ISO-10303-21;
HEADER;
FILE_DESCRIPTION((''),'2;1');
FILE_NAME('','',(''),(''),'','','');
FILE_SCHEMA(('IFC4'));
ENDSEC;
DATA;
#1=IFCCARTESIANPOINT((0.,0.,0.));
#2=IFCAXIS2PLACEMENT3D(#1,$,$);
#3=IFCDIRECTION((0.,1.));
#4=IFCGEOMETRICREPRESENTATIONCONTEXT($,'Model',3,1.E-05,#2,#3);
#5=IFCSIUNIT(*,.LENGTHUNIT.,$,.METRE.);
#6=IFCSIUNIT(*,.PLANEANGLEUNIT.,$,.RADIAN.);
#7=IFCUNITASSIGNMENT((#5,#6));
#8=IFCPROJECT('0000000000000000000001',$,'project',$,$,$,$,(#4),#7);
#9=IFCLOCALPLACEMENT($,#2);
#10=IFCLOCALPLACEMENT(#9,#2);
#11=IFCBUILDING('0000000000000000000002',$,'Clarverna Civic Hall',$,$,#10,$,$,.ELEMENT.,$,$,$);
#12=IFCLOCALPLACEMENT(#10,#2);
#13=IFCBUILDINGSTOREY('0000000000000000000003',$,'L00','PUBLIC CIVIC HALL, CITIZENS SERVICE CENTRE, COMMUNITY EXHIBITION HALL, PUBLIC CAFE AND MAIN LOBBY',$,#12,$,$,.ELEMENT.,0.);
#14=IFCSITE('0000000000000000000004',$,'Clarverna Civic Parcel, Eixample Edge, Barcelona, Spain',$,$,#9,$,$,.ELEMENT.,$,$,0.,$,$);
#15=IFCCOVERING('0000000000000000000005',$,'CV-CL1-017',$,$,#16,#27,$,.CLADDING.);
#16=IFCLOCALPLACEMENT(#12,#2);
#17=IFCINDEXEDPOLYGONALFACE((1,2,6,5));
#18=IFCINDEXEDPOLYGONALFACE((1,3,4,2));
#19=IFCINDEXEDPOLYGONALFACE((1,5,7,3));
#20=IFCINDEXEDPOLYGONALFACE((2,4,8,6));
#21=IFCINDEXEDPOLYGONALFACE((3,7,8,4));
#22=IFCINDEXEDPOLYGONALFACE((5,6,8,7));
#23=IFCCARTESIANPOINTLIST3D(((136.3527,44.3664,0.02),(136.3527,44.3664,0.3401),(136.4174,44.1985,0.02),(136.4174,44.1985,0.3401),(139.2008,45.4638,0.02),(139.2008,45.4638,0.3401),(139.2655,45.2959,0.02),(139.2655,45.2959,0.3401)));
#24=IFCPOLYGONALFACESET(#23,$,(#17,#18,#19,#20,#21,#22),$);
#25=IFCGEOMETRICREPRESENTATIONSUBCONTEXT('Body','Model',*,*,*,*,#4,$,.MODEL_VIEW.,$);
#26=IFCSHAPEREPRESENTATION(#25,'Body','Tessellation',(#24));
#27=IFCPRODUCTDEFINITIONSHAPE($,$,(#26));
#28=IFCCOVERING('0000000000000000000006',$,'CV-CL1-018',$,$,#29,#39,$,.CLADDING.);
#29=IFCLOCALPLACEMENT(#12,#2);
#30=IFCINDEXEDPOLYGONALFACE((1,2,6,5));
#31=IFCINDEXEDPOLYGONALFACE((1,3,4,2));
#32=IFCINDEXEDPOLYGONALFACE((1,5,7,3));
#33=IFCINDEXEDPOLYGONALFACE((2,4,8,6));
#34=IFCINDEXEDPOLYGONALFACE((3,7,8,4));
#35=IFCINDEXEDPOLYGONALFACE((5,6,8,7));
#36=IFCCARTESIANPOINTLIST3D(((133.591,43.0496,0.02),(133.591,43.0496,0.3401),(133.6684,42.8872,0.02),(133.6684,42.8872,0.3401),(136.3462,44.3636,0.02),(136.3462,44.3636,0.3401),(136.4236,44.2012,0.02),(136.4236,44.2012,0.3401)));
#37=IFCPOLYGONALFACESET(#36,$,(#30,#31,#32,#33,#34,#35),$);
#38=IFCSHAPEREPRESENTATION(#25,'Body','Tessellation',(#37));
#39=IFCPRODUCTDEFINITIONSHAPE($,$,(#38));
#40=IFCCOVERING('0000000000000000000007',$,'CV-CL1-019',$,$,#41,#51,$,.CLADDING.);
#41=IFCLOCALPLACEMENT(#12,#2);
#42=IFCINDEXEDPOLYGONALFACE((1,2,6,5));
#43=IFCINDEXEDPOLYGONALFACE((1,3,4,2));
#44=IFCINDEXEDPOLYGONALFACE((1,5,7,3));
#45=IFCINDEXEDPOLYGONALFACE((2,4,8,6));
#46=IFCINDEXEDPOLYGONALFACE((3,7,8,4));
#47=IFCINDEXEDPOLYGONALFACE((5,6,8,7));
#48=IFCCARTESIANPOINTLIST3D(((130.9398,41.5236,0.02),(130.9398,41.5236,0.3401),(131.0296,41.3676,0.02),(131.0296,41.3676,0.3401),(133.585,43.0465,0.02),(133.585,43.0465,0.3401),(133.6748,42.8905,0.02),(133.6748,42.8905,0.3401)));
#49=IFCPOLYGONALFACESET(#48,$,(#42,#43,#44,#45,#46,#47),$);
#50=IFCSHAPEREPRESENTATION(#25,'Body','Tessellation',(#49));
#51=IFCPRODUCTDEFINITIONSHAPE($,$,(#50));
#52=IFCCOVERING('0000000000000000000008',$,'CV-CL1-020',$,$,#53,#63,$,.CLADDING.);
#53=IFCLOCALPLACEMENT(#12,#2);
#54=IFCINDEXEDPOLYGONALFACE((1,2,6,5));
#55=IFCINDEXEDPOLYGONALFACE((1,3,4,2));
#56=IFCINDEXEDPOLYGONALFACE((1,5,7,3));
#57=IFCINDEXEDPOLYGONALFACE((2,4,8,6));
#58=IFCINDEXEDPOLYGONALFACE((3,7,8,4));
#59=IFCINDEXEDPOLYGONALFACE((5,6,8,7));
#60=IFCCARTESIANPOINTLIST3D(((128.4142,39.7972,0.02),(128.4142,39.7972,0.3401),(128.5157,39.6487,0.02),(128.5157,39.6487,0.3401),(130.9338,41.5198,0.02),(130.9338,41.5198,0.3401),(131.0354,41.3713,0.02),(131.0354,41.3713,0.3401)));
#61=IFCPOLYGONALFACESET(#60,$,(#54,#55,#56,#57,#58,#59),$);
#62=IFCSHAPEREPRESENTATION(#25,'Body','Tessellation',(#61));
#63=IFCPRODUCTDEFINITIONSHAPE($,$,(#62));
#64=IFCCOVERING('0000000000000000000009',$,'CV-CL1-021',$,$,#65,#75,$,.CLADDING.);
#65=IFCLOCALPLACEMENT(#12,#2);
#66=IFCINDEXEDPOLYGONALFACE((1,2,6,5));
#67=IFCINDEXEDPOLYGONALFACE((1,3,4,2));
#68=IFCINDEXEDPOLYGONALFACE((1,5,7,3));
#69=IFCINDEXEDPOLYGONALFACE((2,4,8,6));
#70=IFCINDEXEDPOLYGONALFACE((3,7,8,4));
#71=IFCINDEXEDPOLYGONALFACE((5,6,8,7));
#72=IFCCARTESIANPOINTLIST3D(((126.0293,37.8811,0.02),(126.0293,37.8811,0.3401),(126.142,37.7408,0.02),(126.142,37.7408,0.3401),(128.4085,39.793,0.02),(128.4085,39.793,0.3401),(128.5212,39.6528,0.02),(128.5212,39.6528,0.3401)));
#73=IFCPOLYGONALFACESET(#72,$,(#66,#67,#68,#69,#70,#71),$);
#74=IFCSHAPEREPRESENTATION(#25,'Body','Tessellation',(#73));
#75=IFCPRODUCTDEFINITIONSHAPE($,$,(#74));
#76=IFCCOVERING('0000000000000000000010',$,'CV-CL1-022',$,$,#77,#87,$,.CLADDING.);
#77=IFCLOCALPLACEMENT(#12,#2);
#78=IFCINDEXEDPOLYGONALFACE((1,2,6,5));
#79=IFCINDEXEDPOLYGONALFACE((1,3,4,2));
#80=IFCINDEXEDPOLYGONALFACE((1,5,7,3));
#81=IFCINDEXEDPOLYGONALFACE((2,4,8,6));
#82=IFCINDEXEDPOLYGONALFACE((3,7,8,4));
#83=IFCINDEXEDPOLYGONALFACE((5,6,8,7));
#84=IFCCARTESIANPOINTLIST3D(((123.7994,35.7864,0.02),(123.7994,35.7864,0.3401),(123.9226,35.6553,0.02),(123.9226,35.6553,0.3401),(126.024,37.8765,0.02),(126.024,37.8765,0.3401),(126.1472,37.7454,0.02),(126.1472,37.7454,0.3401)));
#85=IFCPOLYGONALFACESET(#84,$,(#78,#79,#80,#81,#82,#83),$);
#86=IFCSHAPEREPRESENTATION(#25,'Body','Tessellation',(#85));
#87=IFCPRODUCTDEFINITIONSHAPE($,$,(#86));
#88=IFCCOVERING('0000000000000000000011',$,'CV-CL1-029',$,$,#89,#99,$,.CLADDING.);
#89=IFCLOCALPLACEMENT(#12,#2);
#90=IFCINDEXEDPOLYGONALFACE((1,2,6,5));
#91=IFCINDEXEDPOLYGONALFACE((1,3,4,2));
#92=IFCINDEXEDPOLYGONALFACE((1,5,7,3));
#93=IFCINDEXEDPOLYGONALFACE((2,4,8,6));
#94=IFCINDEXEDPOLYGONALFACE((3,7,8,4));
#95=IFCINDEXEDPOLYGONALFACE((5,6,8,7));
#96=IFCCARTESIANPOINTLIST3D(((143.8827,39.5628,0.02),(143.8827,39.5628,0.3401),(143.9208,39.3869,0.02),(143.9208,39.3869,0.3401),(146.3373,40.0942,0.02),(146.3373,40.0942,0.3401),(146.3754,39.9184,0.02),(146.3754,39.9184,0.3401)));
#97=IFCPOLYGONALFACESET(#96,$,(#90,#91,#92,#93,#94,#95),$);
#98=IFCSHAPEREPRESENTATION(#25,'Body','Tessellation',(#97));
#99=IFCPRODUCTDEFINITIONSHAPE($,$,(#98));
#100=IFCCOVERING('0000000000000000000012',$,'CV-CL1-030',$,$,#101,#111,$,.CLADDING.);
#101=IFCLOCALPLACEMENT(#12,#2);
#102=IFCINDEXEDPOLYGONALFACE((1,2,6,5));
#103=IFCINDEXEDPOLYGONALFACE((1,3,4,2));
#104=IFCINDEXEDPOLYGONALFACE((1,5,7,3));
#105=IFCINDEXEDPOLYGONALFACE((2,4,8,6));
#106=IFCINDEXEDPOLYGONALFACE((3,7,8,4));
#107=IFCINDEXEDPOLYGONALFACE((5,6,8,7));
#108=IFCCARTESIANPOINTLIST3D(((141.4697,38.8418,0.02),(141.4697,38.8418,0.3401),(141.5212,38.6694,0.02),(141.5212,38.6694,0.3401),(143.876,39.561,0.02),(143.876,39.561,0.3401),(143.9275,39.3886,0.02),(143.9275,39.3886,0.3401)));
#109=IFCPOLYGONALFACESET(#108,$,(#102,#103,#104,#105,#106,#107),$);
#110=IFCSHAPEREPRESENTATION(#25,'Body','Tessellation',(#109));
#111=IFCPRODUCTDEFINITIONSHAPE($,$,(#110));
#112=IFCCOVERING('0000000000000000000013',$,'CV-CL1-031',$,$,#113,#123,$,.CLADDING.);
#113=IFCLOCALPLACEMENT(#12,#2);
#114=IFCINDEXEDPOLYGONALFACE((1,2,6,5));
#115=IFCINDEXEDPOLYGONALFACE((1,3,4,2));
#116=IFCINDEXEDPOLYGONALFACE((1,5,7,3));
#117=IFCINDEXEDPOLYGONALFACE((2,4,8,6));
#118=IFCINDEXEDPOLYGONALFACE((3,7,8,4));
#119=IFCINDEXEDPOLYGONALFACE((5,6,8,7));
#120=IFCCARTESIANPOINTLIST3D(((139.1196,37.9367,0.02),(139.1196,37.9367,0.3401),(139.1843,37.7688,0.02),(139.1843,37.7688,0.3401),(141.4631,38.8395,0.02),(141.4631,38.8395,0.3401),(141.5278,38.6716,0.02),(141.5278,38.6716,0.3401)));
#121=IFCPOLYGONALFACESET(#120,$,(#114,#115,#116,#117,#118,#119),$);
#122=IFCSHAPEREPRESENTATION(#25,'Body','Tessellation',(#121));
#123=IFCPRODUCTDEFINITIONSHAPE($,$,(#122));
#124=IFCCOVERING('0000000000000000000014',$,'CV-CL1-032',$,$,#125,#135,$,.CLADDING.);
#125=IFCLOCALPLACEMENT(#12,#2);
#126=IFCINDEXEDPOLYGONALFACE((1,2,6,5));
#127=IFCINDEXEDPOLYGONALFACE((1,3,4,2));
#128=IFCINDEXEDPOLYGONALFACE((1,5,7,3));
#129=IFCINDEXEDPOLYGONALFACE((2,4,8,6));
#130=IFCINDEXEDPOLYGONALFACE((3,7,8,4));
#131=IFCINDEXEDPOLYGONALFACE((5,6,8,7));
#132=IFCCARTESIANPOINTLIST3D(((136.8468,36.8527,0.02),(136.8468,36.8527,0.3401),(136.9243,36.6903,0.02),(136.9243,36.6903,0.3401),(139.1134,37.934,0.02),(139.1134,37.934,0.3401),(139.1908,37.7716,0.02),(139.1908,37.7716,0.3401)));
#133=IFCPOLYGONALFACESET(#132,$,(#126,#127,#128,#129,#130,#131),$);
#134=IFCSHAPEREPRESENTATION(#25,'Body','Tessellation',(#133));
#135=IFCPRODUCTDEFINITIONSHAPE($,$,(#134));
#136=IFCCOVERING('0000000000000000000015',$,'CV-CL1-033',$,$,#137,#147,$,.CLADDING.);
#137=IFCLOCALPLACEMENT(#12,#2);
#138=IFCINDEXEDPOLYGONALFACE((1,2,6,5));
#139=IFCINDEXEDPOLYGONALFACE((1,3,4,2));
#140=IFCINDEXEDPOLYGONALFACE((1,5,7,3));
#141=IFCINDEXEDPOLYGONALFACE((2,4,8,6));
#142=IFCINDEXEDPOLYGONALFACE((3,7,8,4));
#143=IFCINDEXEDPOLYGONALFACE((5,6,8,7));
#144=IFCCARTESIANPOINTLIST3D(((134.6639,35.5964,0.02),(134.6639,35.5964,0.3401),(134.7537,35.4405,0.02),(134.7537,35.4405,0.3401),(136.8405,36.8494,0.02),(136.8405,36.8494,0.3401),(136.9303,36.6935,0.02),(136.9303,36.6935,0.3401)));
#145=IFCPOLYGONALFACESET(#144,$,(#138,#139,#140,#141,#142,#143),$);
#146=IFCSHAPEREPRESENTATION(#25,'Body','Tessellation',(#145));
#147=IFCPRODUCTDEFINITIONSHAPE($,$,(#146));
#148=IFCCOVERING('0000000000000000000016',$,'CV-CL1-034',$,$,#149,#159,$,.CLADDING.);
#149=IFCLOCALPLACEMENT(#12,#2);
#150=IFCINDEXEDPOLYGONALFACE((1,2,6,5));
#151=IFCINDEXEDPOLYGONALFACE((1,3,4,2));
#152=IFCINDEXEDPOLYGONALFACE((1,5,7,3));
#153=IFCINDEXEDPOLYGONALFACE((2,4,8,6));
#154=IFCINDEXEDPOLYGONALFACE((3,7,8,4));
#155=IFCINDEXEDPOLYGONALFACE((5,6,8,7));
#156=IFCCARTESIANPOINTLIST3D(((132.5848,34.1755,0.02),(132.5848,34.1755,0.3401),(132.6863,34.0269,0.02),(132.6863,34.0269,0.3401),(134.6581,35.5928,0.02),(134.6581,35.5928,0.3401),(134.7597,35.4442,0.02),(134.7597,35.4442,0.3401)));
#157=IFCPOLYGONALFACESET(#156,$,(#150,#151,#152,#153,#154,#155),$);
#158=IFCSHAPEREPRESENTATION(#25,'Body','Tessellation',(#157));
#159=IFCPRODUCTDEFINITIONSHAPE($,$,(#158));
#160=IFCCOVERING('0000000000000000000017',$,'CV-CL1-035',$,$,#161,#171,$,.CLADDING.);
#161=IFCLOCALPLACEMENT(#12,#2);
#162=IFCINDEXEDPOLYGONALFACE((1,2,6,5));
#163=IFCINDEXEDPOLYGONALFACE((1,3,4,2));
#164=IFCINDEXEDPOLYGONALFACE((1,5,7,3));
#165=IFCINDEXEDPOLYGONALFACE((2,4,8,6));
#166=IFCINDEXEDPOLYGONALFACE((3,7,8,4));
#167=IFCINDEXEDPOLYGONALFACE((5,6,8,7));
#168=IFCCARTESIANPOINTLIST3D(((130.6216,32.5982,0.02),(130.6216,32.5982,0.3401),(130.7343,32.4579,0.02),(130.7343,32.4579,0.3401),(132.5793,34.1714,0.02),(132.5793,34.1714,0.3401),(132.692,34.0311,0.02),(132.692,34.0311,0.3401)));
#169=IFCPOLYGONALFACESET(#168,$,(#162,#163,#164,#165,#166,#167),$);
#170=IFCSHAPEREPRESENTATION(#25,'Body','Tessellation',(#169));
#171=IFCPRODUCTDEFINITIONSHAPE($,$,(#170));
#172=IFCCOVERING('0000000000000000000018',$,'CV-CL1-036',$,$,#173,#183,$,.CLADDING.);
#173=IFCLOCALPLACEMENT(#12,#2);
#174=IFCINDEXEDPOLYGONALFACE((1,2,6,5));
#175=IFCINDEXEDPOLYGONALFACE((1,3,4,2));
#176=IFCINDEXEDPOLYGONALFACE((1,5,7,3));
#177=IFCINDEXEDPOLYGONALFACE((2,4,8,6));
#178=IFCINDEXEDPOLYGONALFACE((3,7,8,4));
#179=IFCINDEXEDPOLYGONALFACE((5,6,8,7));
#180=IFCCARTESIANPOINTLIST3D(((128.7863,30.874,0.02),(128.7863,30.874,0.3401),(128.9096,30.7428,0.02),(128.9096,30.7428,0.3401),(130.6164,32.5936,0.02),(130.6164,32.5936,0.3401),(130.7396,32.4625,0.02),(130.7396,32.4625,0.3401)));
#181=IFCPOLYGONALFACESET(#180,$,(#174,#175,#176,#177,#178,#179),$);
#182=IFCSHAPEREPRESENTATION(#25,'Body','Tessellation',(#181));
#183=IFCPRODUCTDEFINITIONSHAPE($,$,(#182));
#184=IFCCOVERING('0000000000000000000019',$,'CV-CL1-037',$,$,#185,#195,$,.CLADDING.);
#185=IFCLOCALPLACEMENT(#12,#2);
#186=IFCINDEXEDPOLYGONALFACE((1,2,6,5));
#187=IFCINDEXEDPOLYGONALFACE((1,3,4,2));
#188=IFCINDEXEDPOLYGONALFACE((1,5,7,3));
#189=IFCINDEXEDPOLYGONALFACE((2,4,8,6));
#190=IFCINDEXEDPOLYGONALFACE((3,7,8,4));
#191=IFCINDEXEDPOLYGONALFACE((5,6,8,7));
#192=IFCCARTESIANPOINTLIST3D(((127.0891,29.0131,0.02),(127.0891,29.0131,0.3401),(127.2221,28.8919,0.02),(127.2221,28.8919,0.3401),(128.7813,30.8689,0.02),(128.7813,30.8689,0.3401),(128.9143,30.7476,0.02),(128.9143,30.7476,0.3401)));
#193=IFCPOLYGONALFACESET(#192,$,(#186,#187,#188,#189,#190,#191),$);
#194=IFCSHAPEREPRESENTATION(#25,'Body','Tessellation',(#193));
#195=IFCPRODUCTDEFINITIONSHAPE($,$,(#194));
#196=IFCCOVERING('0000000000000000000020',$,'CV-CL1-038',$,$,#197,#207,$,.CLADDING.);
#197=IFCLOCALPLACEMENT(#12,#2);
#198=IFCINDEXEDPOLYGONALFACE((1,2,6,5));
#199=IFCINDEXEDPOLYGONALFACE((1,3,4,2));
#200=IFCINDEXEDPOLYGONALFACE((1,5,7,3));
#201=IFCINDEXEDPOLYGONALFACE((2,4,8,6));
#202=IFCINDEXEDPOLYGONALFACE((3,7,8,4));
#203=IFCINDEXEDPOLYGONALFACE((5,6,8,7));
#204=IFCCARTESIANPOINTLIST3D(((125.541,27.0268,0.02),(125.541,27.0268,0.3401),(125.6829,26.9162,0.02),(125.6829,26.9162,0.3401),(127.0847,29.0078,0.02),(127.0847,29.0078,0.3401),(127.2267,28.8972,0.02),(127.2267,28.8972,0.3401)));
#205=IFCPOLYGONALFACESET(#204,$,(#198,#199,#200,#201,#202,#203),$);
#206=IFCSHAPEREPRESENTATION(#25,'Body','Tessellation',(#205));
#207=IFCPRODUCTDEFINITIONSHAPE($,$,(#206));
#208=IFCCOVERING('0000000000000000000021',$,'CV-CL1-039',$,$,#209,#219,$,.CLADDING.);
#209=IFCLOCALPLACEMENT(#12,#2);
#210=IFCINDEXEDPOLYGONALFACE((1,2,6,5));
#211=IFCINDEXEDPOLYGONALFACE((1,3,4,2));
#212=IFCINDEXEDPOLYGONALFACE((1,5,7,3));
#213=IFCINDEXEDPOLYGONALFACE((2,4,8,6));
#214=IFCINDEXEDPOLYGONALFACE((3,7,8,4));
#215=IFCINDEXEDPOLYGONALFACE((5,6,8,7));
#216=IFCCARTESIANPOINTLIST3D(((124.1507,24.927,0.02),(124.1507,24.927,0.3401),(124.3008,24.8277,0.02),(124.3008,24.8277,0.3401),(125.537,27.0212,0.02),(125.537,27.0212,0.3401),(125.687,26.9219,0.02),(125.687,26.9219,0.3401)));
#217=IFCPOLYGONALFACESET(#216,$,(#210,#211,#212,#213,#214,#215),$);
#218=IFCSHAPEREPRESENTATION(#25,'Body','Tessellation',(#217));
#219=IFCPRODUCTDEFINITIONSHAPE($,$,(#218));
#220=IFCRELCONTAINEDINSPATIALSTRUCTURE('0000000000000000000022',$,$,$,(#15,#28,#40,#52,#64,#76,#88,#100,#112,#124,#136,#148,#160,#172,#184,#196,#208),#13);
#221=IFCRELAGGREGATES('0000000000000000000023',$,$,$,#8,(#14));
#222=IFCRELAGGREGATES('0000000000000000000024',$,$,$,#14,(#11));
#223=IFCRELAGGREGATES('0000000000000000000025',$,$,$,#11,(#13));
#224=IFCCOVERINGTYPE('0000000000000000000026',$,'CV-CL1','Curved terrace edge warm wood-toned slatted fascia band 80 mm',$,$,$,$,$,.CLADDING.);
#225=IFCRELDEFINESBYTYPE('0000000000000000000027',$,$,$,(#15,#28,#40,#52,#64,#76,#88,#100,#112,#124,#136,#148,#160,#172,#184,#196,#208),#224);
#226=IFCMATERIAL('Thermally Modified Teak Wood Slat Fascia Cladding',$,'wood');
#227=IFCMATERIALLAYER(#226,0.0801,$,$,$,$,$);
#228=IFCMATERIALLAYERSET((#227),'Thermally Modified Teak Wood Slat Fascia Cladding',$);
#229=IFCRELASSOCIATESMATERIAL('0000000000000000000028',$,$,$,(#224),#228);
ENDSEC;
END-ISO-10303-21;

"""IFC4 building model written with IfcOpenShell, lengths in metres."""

from ifc_helpers import new_model, si_unit, direction, frame, frame_2d, origin, place, context, subcontext, project, spatial, rectangle, extrude, material, layer, layer_set, type_object, element, save


model = new_model("IFC4")

# Units and contexts
model_context = context("Model", 3, precision=1e-05, world=origin(), true_north=direction((0.0, 1.0)))
body_context = subcontext(model_context, "Body", "Model", "MODEL_VIEW")
ifc_project = project(units=[si_unit("LENGTHUNIT", "METRE"), si_unit("PLANEANGLEUNIT", "RADIAN")], contexts=[model_context])

# Site, building, storey
site_placement = place(None, origin())
site = spatial("IfcSite", under=ifc_project, at=site_placement, Name="Clarverna Civic Parcel, Eixample Edge, Barcelona, Spain", CompositionType="ELEMENT", RefElevation=0.0)
building_placement = place(site_placement, origin())
building = spatial("IfcBuilding", under=site, at=building_placement, Name="Clarverna Civic Hall", CompositionType="ELEMENT")
storey_placement = place(building_placement, origin())
storey = spatial("IfcBuildingStorey", under=building, at=storey_placement, Name="L00", Description="PUBLIC CIVIC HALL, CITIZENS SERVICE CENTRE, COMMUNITY EXHIBITION HALL, PUBLIC CAFE AND MAIN LOBBY", CompositionType="ELEMENT", Elevation=0.0)

# Coverings
ifc_material = material(Name="Thermally Modified Teak Wood Slat Fascia Cladding", Category="wood")
ifc_layer = layer(ifc_material, 0.0801)
ifc_layer_set = layer_set([ifc_layer], Name="Thermally Modified Teak Wood Slat Fascia Cladding")
covering_type = type_object("IfcCoveringType", Name="CV-CL1", Description="Curved terrace edge warm wood-toned slatted fascia band 80 mm", PredefinedType="CLADDING", material=ifc_layer_set)
covering_1_placement = place(storey_placement, frame((139.2332, 45.3799, 0.02), z_axis=(0.0, 0.0, 1.0), x_axis=(-0.933129, -0.359542, 0.0)))
element("IfcCovering", 1, at=covering_1_placement, inside=storey, type_object=covering_type, Name="CV-CL1-017", PredefinedType="CLADDING", context=body_context, shape_type="SweptSolid", body=[
    extrude(rectangle(XDim=3.0522, YDim=0.1799, at=frame_2d((1.5261, 0.0))), origin(), (0.0, 0.0, 1.0), 0.3201),
])
covering_2_placement = place(storey_placement, frame((136.385, 44.2825, 0.02), z_axis=(0.0, 0.0, 1.0), x_axis=(-0.902606, -0.430468, 0.0)))
element("IfcCovering", 2, at=covering_2_placement, inside=storey, type_object=covering_type, Name="CV-CL1-018", PredefinedType="CLADDING", context=body_context, shape_type="SweptSolid", body=[
    extrude(rectangle(XDim=3.0525, YDim=0.1799, at=frame_2d((1.5264, 0.0))), origin(), (0.0, 0.0, 1.0), 0.3201),
])
for number, where, z_axis, x_axis, name in (
    (3, (133.6299, 42.9685, 0.02), (0.0, 0.0, 1.0), (-0.866634, -0.498944, 0.0), "CV-CL1-019"),
    (4, (130.9846, 41.4456, 0.02), (0.0, 0.0, 1.0), (-0.825521, -0.564371, 0.0), "CV-CL1-020"),
    (5, (128.4648, 39.7229, 0.02), (0.0, 0.0, 1.0), (-0.779501, -0.626401, 0.0), "CV-CL1-021"),
):
    element("IfcCovering", number, at=place(storey_placement, frame(where, z_axis=z_axis, x_axis=x_axis)), inside=storey, type_object=covering_type, Name=name, PredefinedType="CLADDING", context=body_context, shape_type="SweptSolid", body=[
        extrude(rectangle(XDim=3.0522, YDim=0.1799, at=frame_2d((1.5261, 0.0))), origin(), (0.0, 0.0, 1.0), 0.3201),
    ])
covering_3_placement = place(storey_placement, frame((126.0857, 37.811, 0.02), z_axis=(0.0, 0.0, 1.0), x_axis=(-0.728798, -0.684728, 0.0)))
element("IfcCovering", 6, at=covering_3_placement, inside=storey, type_object=covering_type, Name="CV-CL1-022", PredefinedType="CLADDING", context=body_context, shape_type="SweptSolid", body=[
    extrude(rectangle(XDim=3.0525, YDim=0.1799, at=frame_2d((1.5264, 0.0))), origin(), (0.0, 0.0, 1.0), 0.3201),
])
for number, where, z_axis, x_axis, name in (
    (7, (146.3564, 40.0063, 0.02), (0.0, 0.0, 1.0), (-0.977351, -0.211626, 0.0), "CV-CL1-029"),
    (8, (143.9019, 39.4749, 0.02), (0.0, 0.0, 1.0), (-0.958115, -0.286385, 0.0), "CV-CL1-030"),
    (9, (141.4956, 38.7556, 0.02), (0.0, 0.0, 1.0), (-0.933148, -0.359494, 0.0), "CV-CL1-031"),
):
    element("IfcCovering", number, at=place(storey_placement, frame(where, z_axis=z_axis, x_axis=x_axis)), inside=storey, type_object=covering_type, Name=name, PredefinedType="CLADDING", context=body_context, shape_type="SweptSolid", body=[
        extrude(rectangle(XDim=2.5115, YDim=0.1799, at=frame_2d((1.2559, 0.0))), origin(), (0.0, 0.0, 1.0), 0.3201),
    ])
covering_4_placement = place(storey_placement, frame((139.1521, 37.8528, 0.02), z_axis=(0.0, 0.0, 1.0), x_axis=(-0.902557, -0.430571, 0.0)))
element("IfcCovering", 10, at=covering_4_placement, inside=storey, type_object=covering_type, Name="CV-CL1-032", PredefinedType="CLADDING", context=body_context, shape_type="SweptSolid", body=[
    extrude(rectangle(XDim=2.5112, YDim=0.1799, at=frame_2d((1.2556, 0.0))), origin(), (0.0, 0.0, 1.0), 0.3201),
])
for number, where, z_axis, x_axis, name in (
    (11, (136.8855, 36.7715, 0.02), (0.0, 0.0, 1.0), (-0.866659, -0.4989, 0.0), "CV-CL1-033"),
    (12, (134.709, 35.5186, 0.02), (0.0, 0.0, 1.0), (-0.825548, -0.564332, 0.0), "CV-CL1-034"),
    (13, (132.6357, 34.1013, 0.02), (0.0, 0.0, 1.0), (-0.779501, -0.626401, 0.0), "CV-CL1-035"),
):
    element("IfcCovering", number, at=place(storey_placement, frame(where, z_axis=z_axis, x_axis=x_axis)), inside=storey, type_object=covering_type, Name=name, PredefinedType="CLADDING", context=body_context, shape_type="SweptSolid", body=[
        extrude(rectangle(XDim=2.5115, YDim=0.1799, at=frame_2d((1.2559, 0.0))), origin(), (0.0, 0.0, 1.0), 0.3201),
    ])
covering_5_placement = place(storey_placement, frame((130.678, 32.5281, 0.02), z_axis=(0.0, 0.0, 1.0), x_axis=(-0.728736, -0.684794, 0.0)))
element("IfcCovering", 14, at=covering_5_placement, inside=storey, type_object=covering_type, Name="CV-CL1-036", PredefinedType="CLADDING", context=body_context, shape_type="SweptSolid", body=[
    extrude(rectangle(XDim=2.5112, YDim=0.1799, at=frame_2d((1.2556, 0.0))), origin(), (0.0, 0.0, 1.0), 0.3201),
])
for number, where, z_axis, x_axis, name in (
    (15, (128.8479, 30.8083, 0.02), (0.0, 0.0, 1.0), (-0.67379, -0.738923, 0.0), "CV-CL1-037"),
    (16, (127.1558, 28.9526, 0.02), (0.0, 0.0, 1.0), (-0.614674, -0.788781, 0.0), "CV-CL1-038"),
    (17, (125.6121, 26.9717, 0.02), (0.0, 0.0, 1.0), (-0.55196, -0.83387, 0.0), "CV-CL1-039"),
):
    element("IfcCovering", number, at=place(storey_placement, frame(where, z_axis=z_axis, x_axis=x_axis)), inside=storey, type_object=covering_type, Name=name, PredefinedType="CLADDING", context=body_context, shape_type="SweptSolid", body=[
        extrude(rectangle(XDim=2.5115, YDim=0.1799, at=frame_2d((1.2559, 0.0))), origin(), (0.0, 0.0, 1.0), 0.3201),
    ])

save(model, "model.ifc")
